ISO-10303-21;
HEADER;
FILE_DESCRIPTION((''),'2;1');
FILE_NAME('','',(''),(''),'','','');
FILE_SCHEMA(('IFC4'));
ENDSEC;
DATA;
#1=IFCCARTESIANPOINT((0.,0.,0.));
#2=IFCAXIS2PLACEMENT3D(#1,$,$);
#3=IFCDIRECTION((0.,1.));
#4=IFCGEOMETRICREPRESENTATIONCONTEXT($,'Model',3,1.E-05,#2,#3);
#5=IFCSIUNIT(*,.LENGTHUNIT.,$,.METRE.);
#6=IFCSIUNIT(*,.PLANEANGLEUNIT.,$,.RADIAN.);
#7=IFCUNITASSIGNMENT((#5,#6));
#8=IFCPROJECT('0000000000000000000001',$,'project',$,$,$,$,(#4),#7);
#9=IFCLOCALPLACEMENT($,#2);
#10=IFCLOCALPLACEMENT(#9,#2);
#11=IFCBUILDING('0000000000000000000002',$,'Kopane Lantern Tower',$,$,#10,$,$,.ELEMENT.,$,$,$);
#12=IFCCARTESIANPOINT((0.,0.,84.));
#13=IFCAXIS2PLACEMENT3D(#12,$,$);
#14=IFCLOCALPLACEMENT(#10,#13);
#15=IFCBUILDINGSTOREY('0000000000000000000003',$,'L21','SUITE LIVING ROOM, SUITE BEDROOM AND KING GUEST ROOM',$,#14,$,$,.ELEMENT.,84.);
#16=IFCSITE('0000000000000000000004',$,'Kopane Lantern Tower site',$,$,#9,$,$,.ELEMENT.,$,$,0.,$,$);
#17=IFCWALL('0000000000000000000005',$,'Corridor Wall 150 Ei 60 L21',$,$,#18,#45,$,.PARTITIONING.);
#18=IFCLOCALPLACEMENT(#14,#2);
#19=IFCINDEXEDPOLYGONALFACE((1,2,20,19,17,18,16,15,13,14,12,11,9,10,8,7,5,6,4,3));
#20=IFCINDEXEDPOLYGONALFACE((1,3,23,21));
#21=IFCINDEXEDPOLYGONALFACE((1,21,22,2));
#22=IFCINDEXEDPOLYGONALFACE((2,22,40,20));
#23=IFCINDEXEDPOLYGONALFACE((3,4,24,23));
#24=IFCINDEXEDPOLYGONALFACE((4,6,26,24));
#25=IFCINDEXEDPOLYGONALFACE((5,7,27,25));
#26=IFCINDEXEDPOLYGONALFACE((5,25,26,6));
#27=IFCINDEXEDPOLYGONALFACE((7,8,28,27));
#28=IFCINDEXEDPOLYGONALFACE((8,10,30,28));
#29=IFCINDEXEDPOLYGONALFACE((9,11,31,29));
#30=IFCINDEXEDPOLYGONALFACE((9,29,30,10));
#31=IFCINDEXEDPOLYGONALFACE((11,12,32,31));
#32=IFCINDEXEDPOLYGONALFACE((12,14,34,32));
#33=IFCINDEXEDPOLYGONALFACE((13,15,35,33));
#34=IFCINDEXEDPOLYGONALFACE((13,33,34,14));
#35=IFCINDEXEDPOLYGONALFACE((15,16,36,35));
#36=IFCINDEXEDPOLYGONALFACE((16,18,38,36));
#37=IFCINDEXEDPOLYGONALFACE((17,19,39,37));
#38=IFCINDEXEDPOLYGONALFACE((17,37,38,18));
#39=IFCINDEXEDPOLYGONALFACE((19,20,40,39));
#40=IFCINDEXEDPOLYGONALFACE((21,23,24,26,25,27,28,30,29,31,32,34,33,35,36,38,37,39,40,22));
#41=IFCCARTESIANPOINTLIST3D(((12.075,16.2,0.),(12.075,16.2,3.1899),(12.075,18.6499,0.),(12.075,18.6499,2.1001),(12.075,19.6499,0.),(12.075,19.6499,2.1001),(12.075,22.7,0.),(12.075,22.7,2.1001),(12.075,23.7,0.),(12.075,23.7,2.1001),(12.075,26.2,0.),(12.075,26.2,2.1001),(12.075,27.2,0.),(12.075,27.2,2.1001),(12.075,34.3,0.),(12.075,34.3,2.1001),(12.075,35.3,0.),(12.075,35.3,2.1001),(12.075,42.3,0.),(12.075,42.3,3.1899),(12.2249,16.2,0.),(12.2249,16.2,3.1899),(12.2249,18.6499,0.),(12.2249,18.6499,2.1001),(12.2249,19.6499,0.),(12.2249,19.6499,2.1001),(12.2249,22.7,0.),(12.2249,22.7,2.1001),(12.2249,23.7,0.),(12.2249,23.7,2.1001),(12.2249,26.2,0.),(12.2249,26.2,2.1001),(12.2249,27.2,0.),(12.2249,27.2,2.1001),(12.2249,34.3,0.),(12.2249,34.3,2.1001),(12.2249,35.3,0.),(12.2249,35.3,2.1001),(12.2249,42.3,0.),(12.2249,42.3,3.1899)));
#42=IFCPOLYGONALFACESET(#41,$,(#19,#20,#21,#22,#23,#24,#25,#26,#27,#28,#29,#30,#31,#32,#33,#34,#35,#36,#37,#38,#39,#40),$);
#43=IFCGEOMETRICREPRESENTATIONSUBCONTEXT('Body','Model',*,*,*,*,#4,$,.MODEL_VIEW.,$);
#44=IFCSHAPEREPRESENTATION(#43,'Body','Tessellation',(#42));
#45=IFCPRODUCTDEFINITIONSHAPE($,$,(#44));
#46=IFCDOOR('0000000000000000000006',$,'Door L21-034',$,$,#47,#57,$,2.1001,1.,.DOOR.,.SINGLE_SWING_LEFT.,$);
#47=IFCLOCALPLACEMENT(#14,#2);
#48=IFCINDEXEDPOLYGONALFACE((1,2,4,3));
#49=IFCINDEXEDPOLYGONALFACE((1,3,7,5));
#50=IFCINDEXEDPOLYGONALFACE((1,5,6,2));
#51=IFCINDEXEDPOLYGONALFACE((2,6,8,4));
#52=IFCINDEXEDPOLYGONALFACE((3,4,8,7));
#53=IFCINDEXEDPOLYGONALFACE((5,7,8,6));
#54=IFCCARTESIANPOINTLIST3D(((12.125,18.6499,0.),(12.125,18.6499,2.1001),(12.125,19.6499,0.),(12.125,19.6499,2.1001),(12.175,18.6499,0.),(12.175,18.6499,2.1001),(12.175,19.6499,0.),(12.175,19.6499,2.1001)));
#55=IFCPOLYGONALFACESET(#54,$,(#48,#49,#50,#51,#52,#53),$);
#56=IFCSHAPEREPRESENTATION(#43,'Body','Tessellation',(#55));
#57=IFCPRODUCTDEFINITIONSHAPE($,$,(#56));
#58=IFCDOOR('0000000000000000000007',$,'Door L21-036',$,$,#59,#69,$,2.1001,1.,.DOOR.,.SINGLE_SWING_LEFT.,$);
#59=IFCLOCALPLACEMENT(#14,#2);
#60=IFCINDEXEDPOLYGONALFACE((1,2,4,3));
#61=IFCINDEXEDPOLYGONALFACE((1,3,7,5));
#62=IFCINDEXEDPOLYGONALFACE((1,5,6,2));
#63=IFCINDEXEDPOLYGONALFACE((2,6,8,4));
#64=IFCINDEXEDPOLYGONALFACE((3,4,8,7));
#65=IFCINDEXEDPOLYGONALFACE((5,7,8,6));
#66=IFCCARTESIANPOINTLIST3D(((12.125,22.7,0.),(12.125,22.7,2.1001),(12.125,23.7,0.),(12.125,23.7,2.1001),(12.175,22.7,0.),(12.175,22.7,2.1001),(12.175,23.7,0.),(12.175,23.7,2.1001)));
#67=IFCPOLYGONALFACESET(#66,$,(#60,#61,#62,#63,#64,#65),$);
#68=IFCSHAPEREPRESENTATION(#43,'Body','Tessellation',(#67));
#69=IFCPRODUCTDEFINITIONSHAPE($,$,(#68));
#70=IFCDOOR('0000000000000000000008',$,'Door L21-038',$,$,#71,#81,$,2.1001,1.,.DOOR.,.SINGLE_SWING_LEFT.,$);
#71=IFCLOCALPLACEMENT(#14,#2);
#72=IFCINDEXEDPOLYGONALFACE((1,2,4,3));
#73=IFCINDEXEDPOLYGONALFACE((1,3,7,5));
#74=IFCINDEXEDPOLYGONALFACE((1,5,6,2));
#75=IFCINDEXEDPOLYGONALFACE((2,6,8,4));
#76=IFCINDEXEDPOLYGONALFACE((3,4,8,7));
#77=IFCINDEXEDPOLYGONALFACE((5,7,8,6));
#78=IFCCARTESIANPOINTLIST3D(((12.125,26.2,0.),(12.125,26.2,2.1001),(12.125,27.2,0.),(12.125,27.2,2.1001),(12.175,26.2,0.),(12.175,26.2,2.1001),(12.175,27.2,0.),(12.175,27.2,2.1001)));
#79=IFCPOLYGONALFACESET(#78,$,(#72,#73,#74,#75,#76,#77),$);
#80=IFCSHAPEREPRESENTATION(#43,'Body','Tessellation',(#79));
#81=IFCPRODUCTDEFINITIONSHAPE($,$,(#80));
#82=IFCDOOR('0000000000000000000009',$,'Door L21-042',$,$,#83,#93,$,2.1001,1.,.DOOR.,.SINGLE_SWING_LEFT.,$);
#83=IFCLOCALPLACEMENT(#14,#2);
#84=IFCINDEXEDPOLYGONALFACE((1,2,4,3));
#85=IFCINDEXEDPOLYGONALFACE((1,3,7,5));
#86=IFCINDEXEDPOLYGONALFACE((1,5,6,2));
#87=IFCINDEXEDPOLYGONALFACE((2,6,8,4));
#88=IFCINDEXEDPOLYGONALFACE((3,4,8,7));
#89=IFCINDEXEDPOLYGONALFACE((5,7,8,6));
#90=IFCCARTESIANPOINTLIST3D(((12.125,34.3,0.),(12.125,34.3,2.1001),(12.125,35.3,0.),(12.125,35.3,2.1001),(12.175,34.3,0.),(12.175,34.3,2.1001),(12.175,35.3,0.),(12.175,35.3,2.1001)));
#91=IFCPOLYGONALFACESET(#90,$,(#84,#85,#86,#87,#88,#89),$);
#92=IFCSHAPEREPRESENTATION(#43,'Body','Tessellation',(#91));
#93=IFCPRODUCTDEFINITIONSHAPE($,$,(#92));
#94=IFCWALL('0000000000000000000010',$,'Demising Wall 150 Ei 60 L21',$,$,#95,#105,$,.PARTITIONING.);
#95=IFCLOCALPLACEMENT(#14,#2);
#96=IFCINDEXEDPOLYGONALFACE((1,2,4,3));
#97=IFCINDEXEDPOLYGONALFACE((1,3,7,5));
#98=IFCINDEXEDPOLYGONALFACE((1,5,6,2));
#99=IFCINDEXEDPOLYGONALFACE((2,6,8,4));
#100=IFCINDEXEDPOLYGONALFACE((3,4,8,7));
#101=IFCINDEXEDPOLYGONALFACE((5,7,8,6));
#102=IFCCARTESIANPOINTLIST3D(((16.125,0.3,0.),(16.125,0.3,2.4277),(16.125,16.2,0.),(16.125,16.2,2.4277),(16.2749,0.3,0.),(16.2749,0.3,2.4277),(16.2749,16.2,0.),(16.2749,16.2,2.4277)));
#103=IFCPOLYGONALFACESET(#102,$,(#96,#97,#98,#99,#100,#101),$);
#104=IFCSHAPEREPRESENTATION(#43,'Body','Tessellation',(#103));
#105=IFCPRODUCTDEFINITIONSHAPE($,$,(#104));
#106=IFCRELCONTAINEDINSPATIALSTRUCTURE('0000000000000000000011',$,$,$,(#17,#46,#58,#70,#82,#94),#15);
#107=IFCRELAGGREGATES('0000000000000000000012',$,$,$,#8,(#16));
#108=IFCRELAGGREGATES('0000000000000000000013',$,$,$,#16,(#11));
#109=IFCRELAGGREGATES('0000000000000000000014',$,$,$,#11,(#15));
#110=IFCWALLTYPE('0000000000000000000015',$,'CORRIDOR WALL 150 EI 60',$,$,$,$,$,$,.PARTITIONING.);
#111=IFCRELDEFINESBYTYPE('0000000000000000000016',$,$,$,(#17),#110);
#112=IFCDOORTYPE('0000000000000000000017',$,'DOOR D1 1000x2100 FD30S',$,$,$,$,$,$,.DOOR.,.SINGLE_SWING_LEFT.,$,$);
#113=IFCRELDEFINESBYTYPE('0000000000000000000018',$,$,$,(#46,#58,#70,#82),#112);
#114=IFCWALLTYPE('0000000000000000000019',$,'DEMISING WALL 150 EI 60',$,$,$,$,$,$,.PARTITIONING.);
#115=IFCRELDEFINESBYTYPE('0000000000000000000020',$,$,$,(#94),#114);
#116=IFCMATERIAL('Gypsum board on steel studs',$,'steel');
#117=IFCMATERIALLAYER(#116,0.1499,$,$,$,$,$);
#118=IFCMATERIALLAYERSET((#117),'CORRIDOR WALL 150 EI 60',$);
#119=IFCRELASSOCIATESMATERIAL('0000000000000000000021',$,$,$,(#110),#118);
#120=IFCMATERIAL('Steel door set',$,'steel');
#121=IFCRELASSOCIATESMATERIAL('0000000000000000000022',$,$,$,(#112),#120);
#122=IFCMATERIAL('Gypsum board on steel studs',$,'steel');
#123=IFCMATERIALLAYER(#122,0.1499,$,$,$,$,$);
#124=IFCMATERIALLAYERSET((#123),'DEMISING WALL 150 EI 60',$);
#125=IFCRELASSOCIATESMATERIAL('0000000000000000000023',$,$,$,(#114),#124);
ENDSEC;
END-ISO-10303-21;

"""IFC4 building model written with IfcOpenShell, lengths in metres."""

from ifc_helpers import new_model, si_unit, direction, frame, frame_2d, origin, place, context, subcontext, project, spatial, rectangle, extrude, material, layer, layer_set, type_object, element, fill, save


model = new_model("IFC4")

# Units and contexts
model_context = context("Model", 3, precision=1e-05, world=origin(), true_north=direction((0.0, 1.0)))
body_context = subcontext(model_context, "Body", "Model", "MODEL_VIEW")
ifc_project = project(units=[si_unit("LENGTHUNIT", "METRE"), si_unit("PLANEANGLEUNIT", "RADIAN")], contexts=[model_context])

# Site, building, storey
site_placement = place(None, origin())
site = spatial("IfcSite", under=ifc_project, at=site_placement, Name="Kopane Lantern Tower site", CompositionType="ELEMENT", RefElevation=0.0)
building_placement = place(site_placement, origin())
building = spatial("IfcBuilding", under=site, at=building_placement, Name="Kopane Lantern Tower", CompositionType="ELEMENT")
storey_placement = place(building_placement, frame((0.0, 0.0, 84.0)))
storey = spatial("IfcBuildingStorey", under=building, at=storey_placement, Name="L21", Description="SUITE LIVING ROOM, SUITE BEDROOM AND KING GUEST ROOM", CompositionType="ELEMENT", Elevation=84.0)

# Wall, openings, doors
ifc_material_1 = material(Name="Gypsum board on steel studs", Category="steel")
ifc_layer_1 = layer(ifc_material_1, 0.1499)
ifc_layer_set_1 = layer_set([ifc_layer_1], Name="CORRIDOR WALL 150 EI 60")
wall_type_1 = type_object("IfcWallType", Name="CORRIDOR WALL 150 EI 60", PredefinedType="PARTITIONING", material=ifc_layer_set_1)
ifc_material_2 = material(Name="Steel door set", Category="steel")
door_type_1 = type_object("IfcDoorType", Name="DOOR D1 1000x2100 FD30S", OperationType="SINGLE_SWING_LEFT", PredefinedType="DOOR", material=ifc_material_2)
wall_1_placement = place(storey_placement, frame((12.1499, 16.2, 0.0), z_axis=(0.0, 0.0, 1.0), x_axis=(0.0, 1.0, 0.0)))
wall_1 = element("IfcWall", 1, at=wall_1_placement, inside=storey, type_object=wall_type_1, Name="Corridor Wall 150 Ei 60 L21", PredefinedType="PARTITIONING", context=body_context, shape_type="SweptSolid", body=[
    extrude(rectangle(XDim=26.1001, YDim=0.1499, at=frame_2d((13.05, 0.0))), origin(), (0.0, 0.0, 1.0), 3.1899),
])
opening_1_placement = place(wall_1_placement, frame((2.45, 0.0, 0.0)))
opening_1 = element("IfcOpeningElement", 2, at=opening_1_placement, cuts=wall_1, PredefinedType="OPENING", context=body_context, shape_type="SweptSolid", body=[
    extrude(rectangle(XDim=1.0, YDim=2.1001, at=frame_2d((0.5, 1.05))), frame((0.0, 0.085, 0.0), z_axis=(0.0, -1.0, 0.0), x_axis=(1.0, 0.0, 0.0)), (0.0, 0.0, 1.0), 0.1699),
])
opening_2_placement = place(wall_1_placement, frame((6.5, 0.0, 0.0)))
opening_2 = element("IfcOpeningElement", 3, at=opening_2_placement, cuts=wall_1, PredefinedType="OPENING", context=body_context, shape_type="SweptSolid", body=[
    extrude(rectangle(XDim=1.0, YDim=2.1001, at=frame_2d((0.5, 1.05))), frame((0.0, 0.085, 0.0), z_axis=(0.0, -1.0, 0.0), x_axis=(1.0, 0.0, 0.0)), (0.0, 0.0, 1.0), 0.1699),
])
opening_3_placement = place(wall_1_placement, frame((10.0, 0.0, 0.0)))
opening_3 = element("IfcOpeningElement", 4, at=opening_3_placement, cuts=wall_1, PredefinedType="OPENING", context=body_context, shape_type="SweptSolid", body=[
    extrude(rectangle(XDim=1.0, YDim=2.1001, at=frame_2d((0.5, 1.05))), frame((0.0, 0.085, 0.0), z_axis=(0.0, -1.0, 0.0), x_axis=(1.0, 0.0, 0.0)), (0.0, 0.0, 1.0), 0.1699),
])
opening_4_placement = place(wall_1_placement, frame((18.1001, 0.0, 0.0)))
opening_4 = element("IfcOpeningElement", 5, at=opening_4_placement, cuts=wall_1, PredefinedType="OPENING", context=body_context, shape_type="SweptSolid", body=[
    extrude(rectangle(XDim=1.0, YDim=2.1001, at=frame_2d((0.5, 1.05))), frame((0.0, 0.085, 0.0), z_axis=(0.0, -1.0, 0.0), x_axis=(1.0, 0.0, 0.0)), (0.0, 0.0, 1.0), 0.1699),
])
door_1_placement = place(opening_1_placement, origin())
door_1 = element("IfcDoor", 6, at=door_1_placement, inside=storey, type_object=door_type_1, Name="Door L21-034", OperationType="SINGLE_SWING_LEFT", OverallHeight=2.1001, OverallWidth=1.0, PredefinedType="DOOR", context=body_context, shape_type="SweptSolid", body=[
    extrude(rectangle(XDim=1.0, YDim=2.1001, at=frame_2d((0.5, 1.05))), frame((0.0, 0.0249, 0.0), z_axis=(0.0, -1.0, 0.0), x_axis=(1.0, 0.0, 0.0)), (0.0, 0.0, 1.0), 0.05),
])
fill(opening_1, door_1)
door_2_placement = place(opening_2_placement, origin())
door_2 = element("IfcDoor", 7, at=door_2_placement, inside=storey, type_object=door_type_1, Name="Door L21-036", OperationType="SINGLE_SWING_LEFT", OverallHeight=2.1001, OverallWidth=1.0, PredefinedType="DOOR", context=body_context, shape_type="SweptSolid", body=[
    extrude(rectangle(XDim=1.0, YDim=2.1001, at=frame_2d((0.5, 1.05))), frame((0.0, 0.0249, 0.0), z_axis=(0.0, -1.0, 0.0), x_axis=(1.0, 0.0, 0.0)), (0.0, 0.0, 1.0), 0.05),
])
fill(opening_2, door_2)
door_3_placement = place(opening_3_placement, origin())
door_3 = element("IfcDoor", 8, at=door_3_placement, inside=storey, type_object=door_type_1, Name="Door L21-038", OperationType="SINGLE_SWING_LEFT", OverallHeight=2.1001, OverallWidth=1.0, PredefinedType="DOOR", context=body_context, shape_type="SweptSolid", body=[
    extrude(rectangle(XDim=1.0, YDim=2.1001, at=frame_2d((0.5, 1.05))), frame((0.0, 0.0249, 0.0), z_axis=(0.0, -1.0, 0.0), x_axis=(1.0, 0.0, 0.0)), (0.0, 0.0, 1.0), 0.05),
])
fill(opening_3, door_3)
door_4_placement = place(opening_4_placement, origin())
door_4 = element("IfcDoor", 9, at=door_4_placement, inside=storey, type_object=door_type_1, Name="Door L21-042", OperationType="SINGLE_SWING_LEFT", OverallHeight=2.1001, OverallWidth=1.0, PredefinedType="DOOR", context=body_context, shape_type="SweptSolid", body=[
    extrude(rectangle(XDim=1.0, YDim=2.1001, at=frame_2d((0.5, 1.05))), frame((0.0, 0.0249, 0.0), z_axis=(0.0, -1.0, 0.0), x_axis=(1.0, 0.0, 0.0)), (0.0, 0.0, 1.0), 0.05),
])
fill(opening_4, door_4)

# Wall
ifc_material_3 = material(Name="Gypsum board on steel studs", Category="steel")
ifc_layer_2 = layer(ifc_material_3, 0.1499)
ifc_layer_set_2 = layer_set([ifc_layer_2], Name="DEMISING WALL 150 EI 60")
wall_type_2 = type_object("IfcWallType", Name="DEMISING WALL 150 EI 60", PredefinedType="PARTITIONING", material=ifc_layer_set_2)
wall_2_placement = place(storey_placement, frame((16.2, 16.2, 0.0), z_axis=(0.0, 0.0, 1.0), x_axis=(0.0, -1.0, 0.0)))
element("IfcWall", 10, at=wall_2_placement, inside=storey, type_object=wall_type_2, Name="Demising Wall 150 Ei 60 L21", PredefinedType="PARTITIONING", context=body_context, shape_type="SweptSolid", body=[
    extrude(rectangle(XDim=15.8999, YDim=0.1499, at=frame_2d((7.95, 0.0))), origin(), (0.0, 0.0, 1.0), 2.4277),
])

save(model, "model.ifc")
